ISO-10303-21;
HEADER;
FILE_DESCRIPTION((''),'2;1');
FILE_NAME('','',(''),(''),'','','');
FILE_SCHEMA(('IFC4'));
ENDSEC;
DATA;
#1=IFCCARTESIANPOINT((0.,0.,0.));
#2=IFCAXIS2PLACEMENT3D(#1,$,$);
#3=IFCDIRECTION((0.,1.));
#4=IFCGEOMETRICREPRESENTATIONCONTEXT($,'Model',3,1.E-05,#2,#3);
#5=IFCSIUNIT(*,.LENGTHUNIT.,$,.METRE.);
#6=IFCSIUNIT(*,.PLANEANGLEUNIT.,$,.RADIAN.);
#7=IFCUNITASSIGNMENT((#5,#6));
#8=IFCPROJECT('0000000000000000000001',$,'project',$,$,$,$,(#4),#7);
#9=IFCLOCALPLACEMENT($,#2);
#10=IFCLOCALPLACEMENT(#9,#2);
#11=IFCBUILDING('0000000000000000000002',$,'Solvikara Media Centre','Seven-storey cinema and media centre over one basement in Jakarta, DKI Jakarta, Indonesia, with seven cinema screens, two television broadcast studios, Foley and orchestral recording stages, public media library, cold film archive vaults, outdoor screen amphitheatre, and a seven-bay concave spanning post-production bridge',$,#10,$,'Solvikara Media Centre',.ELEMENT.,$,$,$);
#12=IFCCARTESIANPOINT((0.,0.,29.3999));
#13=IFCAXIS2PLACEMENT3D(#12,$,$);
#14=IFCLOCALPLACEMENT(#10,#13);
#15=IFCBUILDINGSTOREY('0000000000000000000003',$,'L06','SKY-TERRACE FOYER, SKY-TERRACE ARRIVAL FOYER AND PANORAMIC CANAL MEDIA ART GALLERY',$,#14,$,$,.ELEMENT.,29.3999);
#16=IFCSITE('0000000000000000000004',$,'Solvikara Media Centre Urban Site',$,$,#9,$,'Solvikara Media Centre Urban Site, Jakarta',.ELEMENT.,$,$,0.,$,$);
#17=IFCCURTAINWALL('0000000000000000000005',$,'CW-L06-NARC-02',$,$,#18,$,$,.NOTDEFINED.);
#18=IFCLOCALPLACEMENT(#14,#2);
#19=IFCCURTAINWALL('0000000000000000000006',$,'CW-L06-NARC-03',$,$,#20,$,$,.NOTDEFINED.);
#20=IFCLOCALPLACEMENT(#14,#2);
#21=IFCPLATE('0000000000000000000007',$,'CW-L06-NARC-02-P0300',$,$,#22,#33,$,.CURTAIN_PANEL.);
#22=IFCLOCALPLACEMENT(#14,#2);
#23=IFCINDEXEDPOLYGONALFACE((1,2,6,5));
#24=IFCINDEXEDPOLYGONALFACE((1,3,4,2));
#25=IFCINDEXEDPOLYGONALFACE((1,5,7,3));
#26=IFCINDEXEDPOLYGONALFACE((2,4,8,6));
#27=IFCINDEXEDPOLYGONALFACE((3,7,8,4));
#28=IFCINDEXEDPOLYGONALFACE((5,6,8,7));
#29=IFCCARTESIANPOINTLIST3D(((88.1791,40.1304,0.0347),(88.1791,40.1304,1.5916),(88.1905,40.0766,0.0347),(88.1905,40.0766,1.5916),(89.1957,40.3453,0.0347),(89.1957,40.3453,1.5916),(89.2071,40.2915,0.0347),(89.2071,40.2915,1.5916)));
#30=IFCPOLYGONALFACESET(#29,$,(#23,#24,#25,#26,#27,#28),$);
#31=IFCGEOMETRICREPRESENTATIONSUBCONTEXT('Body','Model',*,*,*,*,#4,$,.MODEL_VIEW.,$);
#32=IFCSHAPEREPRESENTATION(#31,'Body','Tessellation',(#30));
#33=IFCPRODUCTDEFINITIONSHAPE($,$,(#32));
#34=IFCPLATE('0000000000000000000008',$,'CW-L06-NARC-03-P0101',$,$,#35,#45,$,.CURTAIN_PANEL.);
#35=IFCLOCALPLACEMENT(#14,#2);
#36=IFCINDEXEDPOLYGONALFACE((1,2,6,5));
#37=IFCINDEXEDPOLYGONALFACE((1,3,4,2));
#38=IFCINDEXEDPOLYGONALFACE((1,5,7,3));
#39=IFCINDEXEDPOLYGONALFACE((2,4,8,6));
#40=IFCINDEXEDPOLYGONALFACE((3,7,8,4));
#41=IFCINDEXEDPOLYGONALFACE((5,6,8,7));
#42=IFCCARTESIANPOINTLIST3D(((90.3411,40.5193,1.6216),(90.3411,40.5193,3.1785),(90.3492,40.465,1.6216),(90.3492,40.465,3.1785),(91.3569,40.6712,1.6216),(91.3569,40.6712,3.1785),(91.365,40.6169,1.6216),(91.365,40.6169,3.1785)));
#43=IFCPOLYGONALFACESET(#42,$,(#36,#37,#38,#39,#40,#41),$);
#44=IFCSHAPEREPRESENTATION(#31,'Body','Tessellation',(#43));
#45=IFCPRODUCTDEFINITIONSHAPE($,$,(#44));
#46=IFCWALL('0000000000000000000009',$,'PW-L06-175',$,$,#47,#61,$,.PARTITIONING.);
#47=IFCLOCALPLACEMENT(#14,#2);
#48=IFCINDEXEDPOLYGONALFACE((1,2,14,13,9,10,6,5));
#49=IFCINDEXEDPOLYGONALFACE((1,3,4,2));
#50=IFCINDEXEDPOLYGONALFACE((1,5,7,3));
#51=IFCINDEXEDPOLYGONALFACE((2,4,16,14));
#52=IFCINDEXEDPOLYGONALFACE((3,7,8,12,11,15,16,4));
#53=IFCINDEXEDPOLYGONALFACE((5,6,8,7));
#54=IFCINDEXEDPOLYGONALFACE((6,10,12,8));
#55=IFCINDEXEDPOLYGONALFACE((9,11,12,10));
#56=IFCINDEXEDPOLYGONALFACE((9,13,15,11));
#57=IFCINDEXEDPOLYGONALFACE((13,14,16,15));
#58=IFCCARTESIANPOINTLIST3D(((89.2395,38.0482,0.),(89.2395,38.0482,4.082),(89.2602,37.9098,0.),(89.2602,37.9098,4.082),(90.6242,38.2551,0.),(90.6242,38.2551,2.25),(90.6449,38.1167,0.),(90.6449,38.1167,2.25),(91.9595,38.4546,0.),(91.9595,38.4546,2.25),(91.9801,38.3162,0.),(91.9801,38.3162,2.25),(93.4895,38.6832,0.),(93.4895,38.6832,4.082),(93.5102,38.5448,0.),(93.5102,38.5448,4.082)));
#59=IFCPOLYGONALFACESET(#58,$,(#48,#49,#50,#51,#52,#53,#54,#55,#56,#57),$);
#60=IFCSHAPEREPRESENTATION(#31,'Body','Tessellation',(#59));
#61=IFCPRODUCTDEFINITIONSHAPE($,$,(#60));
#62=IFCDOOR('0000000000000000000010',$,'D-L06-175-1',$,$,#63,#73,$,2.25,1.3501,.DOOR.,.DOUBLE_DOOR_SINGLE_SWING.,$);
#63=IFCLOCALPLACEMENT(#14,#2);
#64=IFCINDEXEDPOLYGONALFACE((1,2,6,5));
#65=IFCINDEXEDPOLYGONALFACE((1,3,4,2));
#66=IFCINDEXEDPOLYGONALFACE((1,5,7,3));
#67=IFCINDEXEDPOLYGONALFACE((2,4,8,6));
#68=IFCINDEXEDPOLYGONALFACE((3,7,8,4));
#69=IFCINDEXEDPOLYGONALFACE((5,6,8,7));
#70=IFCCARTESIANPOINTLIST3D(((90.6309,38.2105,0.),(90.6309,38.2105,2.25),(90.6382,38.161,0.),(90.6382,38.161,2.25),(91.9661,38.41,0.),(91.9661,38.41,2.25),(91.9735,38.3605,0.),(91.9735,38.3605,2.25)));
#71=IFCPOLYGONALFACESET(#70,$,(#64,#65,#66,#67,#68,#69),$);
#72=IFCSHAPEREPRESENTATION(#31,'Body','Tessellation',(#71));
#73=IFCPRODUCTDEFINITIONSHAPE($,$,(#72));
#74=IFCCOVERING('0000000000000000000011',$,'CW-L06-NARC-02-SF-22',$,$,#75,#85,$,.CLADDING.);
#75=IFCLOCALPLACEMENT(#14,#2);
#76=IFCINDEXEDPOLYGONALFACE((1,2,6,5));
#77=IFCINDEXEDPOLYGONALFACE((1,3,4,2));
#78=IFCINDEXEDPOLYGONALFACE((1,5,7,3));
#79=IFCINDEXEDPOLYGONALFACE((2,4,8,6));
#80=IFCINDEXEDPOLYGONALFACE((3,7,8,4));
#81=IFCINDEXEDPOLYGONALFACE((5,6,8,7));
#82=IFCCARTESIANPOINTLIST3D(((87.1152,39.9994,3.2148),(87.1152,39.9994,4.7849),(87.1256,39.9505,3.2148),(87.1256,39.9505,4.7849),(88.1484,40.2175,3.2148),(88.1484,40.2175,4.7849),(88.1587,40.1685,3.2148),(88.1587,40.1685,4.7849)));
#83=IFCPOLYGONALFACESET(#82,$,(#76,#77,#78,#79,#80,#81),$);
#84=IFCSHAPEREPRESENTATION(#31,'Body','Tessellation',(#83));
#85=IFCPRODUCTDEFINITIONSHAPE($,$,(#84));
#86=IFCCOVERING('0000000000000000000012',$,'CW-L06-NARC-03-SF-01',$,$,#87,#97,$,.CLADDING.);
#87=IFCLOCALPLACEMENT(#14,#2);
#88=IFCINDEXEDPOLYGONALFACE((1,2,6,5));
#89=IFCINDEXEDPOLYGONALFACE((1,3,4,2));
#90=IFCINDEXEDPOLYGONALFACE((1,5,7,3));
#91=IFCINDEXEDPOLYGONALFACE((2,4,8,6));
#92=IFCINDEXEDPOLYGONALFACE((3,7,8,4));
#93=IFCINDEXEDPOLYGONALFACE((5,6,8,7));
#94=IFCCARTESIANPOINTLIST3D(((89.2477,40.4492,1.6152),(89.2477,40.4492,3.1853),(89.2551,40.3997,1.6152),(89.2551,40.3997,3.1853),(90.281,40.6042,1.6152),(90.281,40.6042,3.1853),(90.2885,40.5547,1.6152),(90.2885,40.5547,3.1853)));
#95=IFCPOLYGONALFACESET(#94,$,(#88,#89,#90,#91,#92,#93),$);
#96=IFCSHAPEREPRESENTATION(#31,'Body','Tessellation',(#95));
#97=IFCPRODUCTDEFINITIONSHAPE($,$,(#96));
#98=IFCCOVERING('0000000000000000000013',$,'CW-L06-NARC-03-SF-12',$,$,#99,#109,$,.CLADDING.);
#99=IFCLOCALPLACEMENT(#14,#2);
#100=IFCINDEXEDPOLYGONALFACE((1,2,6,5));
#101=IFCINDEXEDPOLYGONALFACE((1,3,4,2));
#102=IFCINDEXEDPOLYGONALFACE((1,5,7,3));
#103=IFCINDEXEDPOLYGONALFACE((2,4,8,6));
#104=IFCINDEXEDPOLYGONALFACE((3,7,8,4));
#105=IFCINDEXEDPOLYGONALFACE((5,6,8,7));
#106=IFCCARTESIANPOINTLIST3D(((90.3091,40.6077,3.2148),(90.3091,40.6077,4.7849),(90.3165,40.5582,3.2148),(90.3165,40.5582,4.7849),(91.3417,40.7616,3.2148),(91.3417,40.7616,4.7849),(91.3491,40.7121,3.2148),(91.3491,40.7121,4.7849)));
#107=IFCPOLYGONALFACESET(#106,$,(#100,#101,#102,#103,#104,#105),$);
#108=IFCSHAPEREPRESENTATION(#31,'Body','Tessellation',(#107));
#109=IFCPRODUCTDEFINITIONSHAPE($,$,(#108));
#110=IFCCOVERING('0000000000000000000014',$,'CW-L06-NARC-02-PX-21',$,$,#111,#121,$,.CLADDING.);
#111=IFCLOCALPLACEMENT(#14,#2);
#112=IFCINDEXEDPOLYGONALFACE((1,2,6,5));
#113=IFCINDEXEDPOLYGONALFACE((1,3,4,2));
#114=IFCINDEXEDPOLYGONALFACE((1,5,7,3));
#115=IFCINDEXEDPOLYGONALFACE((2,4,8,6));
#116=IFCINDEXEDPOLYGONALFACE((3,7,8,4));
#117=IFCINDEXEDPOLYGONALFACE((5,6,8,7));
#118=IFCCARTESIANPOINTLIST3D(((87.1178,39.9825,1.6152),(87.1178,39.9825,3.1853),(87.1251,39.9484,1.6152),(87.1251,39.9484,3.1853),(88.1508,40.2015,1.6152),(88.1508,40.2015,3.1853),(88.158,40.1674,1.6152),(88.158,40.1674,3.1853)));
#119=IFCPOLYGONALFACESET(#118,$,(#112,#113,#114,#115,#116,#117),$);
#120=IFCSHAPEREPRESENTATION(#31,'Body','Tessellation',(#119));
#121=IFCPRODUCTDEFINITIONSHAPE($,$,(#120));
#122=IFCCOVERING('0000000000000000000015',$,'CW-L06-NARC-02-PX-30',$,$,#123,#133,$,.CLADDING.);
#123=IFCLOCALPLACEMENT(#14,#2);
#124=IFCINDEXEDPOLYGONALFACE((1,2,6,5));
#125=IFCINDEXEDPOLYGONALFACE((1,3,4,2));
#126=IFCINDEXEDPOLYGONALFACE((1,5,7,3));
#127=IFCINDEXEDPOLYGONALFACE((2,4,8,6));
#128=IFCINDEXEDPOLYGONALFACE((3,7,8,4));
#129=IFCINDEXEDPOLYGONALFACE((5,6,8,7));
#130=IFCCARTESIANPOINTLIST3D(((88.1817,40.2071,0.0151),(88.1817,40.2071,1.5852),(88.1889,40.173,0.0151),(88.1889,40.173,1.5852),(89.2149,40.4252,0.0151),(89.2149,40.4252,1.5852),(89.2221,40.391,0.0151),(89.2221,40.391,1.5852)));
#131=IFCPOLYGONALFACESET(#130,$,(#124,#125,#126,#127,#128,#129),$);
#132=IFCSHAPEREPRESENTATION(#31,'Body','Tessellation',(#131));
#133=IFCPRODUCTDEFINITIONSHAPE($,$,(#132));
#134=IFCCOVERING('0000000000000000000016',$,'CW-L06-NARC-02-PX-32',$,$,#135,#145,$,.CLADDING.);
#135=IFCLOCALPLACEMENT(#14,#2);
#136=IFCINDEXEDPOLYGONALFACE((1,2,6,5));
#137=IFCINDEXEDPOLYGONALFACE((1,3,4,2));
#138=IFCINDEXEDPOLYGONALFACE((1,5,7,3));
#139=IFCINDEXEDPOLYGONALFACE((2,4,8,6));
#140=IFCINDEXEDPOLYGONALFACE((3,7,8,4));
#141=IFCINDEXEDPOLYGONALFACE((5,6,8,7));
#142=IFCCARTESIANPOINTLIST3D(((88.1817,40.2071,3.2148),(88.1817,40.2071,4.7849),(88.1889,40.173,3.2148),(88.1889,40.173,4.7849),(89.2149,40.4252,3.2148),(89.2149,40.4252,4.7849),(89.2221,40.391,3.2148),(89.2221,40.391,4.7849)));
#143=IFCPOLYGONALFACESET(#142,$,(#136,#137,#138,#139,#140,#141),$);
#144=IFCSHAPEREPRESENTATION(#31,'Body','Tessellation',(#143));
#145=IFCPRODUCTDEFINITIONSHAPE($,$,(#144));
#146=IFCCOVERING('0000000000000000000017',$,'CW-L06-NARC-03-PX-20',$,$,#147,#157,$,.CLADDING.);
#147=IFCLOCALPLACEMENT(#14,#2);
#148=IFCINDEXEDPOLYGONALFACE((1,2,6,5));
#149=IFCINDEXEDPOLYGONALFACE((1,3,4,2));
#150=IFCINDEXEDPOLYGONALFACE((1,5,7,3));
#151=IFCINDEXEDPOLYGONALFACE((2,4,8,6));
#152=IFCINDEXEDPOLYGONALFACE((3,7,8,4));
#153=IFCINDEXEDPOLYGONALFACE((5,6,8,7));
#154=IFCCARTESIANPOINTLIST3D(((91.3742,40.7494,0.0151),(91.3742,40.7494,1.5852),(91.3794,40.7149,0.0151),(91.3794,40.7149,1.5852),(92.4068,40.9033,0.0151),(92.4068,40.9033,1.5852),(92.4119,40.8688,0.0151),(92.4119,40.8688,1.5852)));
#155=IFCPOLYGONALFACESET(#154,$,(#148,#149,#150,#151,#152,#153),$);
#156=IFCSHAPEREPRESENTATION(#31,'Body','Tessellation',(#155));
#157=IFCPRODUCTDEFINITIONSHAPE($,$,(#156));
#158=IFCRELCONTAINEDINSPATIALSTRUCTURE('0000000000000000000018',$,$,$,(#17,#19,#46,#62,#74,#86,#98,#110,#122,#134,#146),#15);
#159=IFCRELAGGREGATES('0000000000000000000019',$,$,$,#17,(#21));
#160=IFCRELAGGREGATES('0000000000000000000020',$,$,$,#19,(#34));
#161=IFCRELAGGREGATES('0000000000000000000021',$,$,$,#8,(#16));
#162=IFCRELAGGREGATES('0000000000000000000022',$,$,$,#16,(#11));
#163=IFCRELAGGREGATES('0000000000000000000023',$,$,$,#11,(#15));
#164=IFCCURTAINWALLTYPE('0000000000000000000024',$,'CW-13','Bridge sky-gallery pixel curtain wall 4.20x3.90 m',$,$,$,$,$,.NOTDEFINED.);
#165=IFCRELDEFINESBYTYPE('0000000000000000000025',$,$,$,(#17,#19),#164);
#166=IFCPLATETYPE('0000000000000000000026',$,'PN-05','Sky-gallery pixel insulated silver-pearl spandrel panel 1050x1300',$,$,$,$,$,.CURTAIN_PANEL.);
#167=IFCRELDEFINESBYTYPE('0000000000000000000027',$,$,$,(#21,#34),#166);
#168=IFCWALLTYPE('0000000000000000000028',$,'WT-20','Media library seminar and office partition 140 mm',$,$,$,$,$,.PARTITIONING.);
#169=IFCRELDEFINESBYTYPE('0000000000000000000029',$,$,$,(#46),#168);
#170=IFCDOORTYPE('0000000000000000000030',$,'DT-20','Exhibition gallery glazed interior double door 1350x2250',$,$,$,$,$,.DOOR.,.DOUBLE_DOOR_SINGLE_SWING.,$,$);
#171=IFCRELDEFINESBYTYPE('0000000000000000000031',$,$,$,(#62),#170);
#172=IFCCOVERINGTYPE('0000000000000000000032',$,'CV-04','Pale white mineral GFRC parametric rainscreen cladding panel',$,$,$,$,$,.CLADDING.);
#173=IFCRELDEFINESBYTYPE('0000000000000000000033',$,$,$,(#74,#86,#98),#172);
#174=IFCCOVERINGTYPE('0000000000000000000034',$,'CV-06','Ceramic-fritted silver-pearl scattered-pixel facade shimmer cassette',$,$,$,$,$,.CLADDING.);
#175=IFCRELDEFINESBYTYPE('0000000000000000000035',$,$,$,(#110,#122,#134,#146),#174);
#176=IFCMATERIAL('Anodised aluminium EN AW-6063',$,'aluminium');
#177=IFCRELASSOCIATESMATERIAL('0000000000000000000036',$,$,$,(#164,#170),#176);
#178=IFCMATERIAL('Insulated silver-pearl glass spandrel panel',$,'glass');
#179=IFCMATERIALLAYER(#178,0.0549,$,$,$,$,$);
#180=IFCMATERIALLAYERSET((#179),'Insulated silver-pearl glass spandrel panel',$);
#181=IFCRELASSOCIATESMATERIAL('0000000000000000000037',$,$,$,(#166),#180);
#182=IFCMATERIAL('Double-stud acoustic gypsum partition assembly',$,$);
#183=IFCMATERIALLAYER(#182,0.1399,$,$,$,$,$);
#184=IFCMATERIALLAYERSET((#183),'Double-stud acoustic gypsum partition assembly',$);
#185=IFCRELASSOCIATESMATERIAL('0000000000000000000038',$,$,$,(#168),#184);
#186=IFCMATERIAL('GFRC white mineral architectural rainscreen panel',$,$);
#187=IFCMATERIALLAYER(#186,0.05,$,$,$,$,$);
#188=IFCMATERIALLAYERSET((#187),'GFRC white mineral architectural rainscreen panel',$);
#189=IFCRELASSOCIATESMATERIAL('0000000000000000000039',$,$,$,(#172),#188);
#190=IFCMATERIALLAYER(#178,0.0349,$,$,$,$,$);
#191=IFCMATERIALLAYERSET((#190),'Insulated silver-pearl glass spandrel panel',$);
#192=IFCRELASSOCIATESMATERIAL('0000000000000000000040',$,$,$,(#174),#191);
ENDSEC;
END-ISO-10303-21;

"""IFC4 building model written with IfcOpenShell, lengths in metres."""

from ifc_helpers import new_model, si_unit, direction, frame, frame_2d, origin, origin_2d, place, context, subcontext, project, spatial, rectangle, extrude, material, layer, layer_set, type_object, element, fill, aggregate, save


model = new_model("IFC4")

# Units and contexts
model_context = context("Model", 3, precision=1e-05, world=origin(), true_north=direction((0.0, 1.0)))
body_context = subcontext(model_context, "Body", "Model", "MODEL_VIEW")
ifc_project = project(units=[si_unit("LENGTHUNIT", "METRE"), si_unit("PLANEANGLEUNIT", "RADIAN")], contexts=[model_context])

# Site, building, storey
site_placement = place(None, origin())
site = spatial("IfcSite", under=ifc_project, at=site_placement, Name="Solvikara Media Centre Urban Site", LongName="Solvikara Media Centre Urban Site, Jakarta", CompositionType="ELEMENT", RefElevation=0.0)
building_placement = place(site_placement, origin())
building = spatial("IfcBuilding", under=site, at=building_placement, Name="Solvikara Media Centre", Description="Seven-storey cinema and media centre over one basement in Jakarta, DKI Jakarta, Indonesia, with seven cinema screens, two television broadcast studios, Foley and orchestral recording stages, public media library, cold film archive vaults, outdoor screen amphitheatre, and a seven-bay concave spanning post-production bridge", LongName="Solvikara Media Centre", CompositionType="ELEMENT")
storey_placement = place(building_placement, frame((0.0, 0.0, 29.3999)))
storey = spatial("IfcBuildingStorey", under=building, at=storey_placement, Name="L06", Description="SKY-TERRACE FOYER, SKY-TERRACE ARRIVAL FOYER AND PANORAMIC CANAL MEDIA ART GALLERY", CompositionType="ELEMENT", Elevation=29.3999)

# Curtain walls
ifc_material_1 = material(Name="Anodised aluminium EN AW-6063", Category="aluminium")
curtain_wall_type = type_object("IfcCurtainWallType", Name="CW-13", Description="Bridge sky-gallery pixel curtain wall 4.20x3.90 m", PredefinedType="NOTDEFINED", material=ifc_material_1)
curtain_wall_1_placement = place(storey_placement, origin())
curtain_wall_1 = element("IfcCurtainWall", 1, at=curtain_wall_1_placement, inside=storey, type_object=curtain_wall_type, Name="CW-L06-NARC-02", PredefinedType="NOTDEFINED")
curtain_wall_2_placement = place(storey_placement, origin())
curtain_wall_2 = element("IfcCurtainWall", 2, at=curtain_wall_2_placement, inside=storey, type_object=curtain_wall_type, Name="CW-L06-NARC-03", PredefinedType="NOTDEFINED")

# Plates
ifc_material_2 = material(Name="Insulated silver-pearl glass spandrel panel", Category="glass")
ifc_layer_1 = layer(ifc_material_2, 0.0549)
ifc_layer_set_1 = layer_set([ifc_layer_1], Name="Insulated silver-pearl glass spandrel panel")
plate_type_1 = type_object("IfcPlateType", Name="PN-05", Description="Sky-gallery pixel insulated silver-pearl spandrel panel 1050x1300", PredefinedType="CURTAIN_PANEL", material=ifc_layer_set_1)
plate_1_placement = place(storey_placement, frame((88.6931, 40.2109, 0.0347), z_axis=(0.0, 0.0, 1.0), x_axis=(0.978379, 0.206819, 0.0)))
plate_1 = element("IfcPlate", 3, at=plate_1_placement, type_object=plate_type_1, Name="CW-L06-NARC-02-P0300", PredefinedType="CURTAIN_PANEL", context=body_context, shape_type="SweptSolid", body=[
    extrude(rectangle(XDim=1.0391, YDim=0.0549, at=origin_2d()), origin(), (0.0, 0.0, 1.0), 1.5569),
])
aggregate(curtain_wall_1, [plate_1])
plate_2_placement = place(storey_placement, frame((90.853, 40.5681, 1.6216), z_axis=(0.0, 0.0, 1.0), x_axis=(0.989006, 0.147878, 0.0)))
plate_2 = element("IfcPlate", 4, at=plate_2_placement, type_object=plate_type_1, Name="CW-L06-NARC-03-P0101", PredefinedType="CURTAIN_PANEL", context=body_context, shape_type="SweptSolid", body=[
    extrude(rectangle(XDim=1.0271, YDim=0.0549, at=origin_2d()), origin(), (0.0, 0.0, 1.0), 1.5569),
])
aggregate(curtain_wall_2, [plate_2])

# Wall, opening, door
ifc_material_3 = material(Name="Double-stud acoustic gypsum partition assembly")
ifc_layer_2 = layer(ifc_material_3, 0.1399)
ifc_layer_set_2 = layer_set([ifc_layer_2], Name="Double-stud acoustic gypsum partition assembly")
wall_type = type_object("IfcWallType", Name="WT-20", Description="Media library seminar and office partition 140 mm", PredefinedType="PARTITIONING", material=ifc_layer_set_2)
wall_placement = place(storey_placement, frame((89.25, 37.979, 0.0), z_axis=(0.0, 0.0, 1.0), x_axis=(0.989021, 0.147774, 0.0)))
wall = element("IfcWall", 5, at=wall_placement, inside=storey, type_object=wall_type, Name="PW-L06-175", PredefinedType="PARTITIONING", context=body_context, shape_type="SweptSolid", body=[
    extrude(rectangle(XDim=4.2971, YDim=0.1399, at=frame_2d((2.1484, 0.0))), origin(), (0.0, 0.0, 1.0), 4.082),
])
opening_placement = place(wall_placement, frame((1.3999, 0.0, 0.0)))
opening = element("IfcOpeningElement", 6, at=opening_placement, cuts=wall, PredefinedType="OPENING", context=body_context, shape_type="SweptSolid", body=[
    extrude(rectangle(XDim=1.3501, YDim=2.25, at=frame_2d((0.675, 1.125))), frame((0.0, 0.082, 0.0), z_axis=(0.0, -1.0, 0.0), x_axis=(1.0, 0.0, 0.0)), (0.0, 0.0, 1.0), 0.1638),
])
door_type = type_object("IfcDoorType", Name="DT-20", Description="Exhibition gallery glazed interior double door 1350x2250", OperationType="DOUBLE_DOOR_SINGLE_SWING", PredefinedType="DOOR", material=ifc_material_1)
door_placement = place(opening_placement, origin())
door = element("IfcDoor", 7, at=door_placement, inside=storey, type_object=door_type, Name="D-L06-175-1", OperationType="DOUBLE_DOOR_SINGLE_SWING", OverallHeight=2.25, OverallWidth=1.3501, PredefinedType="DOOR", context=body_context, shape_type="SweptSolid", body=[
    extrude(rectangle(XDim=1.3501, YDim=2.25, at=frame_2d((0.675, 1.125))), frame((0.0, 0.0249, 0.0), z_axis=(0.0, -1.0, 0.0), x_axis=(1.0, 0.0, 0.0)), (0.0, 0.0, 1.0), 0.05),
])
fill(opening, door)

# Coverings
ifc_material_4 = material(Name="GFRC white mineral architectural rainscreen panel")
ifc_layer_3 = layer(ifc_material_4, 0.05)
ifc_layer_set_3 = layer_set([ifc_layer_3], Name="GFRC white mineral architectural rainscreen panel")
covering_type_1 = type_object("IfcCoveringType", Name="CV-04", Description="Pale white mineral GFRC parametric rainscreen cladding panel", PredefinedType="CLADDING", material=ifc_layer_set_3)
covering_1_placement = place(storey_placement, frame((87.637, 40.084, 3.2148), z_axis=(0.0, 0.0, 1.0), x_axis=(0.978448, 0.206495, 0.0)))
element("IfcCovering", 8, at=covering_1_placement, inside=storey, type_object=covering_type_1, Name="CW-L06-NARC-02-SF-22", PredefinedType="CLADDING", context=body_context, shape_type="SweptSolid", body=[
    extrude(rectangle(XDim=1.0559, YDim=0.05, at=origin_2d()), origin(), (0.0, 0.0, 1.0), 1.5701),
])
covering_2_placement = place(storey_placement, frame((89.7681, 40.502, 1.6152), z_axis=(0.0, 0.0, 1.0), x_axis=(0.988931, 0.148379, 0.0)))
element("IfcCovering", 9, at=covering_2_placement, inside=storey, type_object=covering_type_1, Name="CW-L06-NARC-03-SF-01", PredefinedType="CLADDING", context=body_context, shape_type="SweptSolid", body=[
    extrude(rectangle(XDim=1.0449, YDim=0.05, at=origin_2d()), origin(), (0.0, 0.0, 1.0), 1.5701),
])
covering_3_placement = place(storey_placement, frame((90.8291, 40.6599, 3.2148), z_axis=(0.0, 0.0, 1.0), x_axis=(0.98907, 0.147447, 0.0)))
element("IfcCovering", 10, at=covering_3_placement, inside=storey, type_object=covering_type_1, Name="CW-L06-NARC-03-SF-12", PredefinedType="CLADDING", context=body_context, shape_type="SweptSolid", body=[
    extrude(rectangle(XDim=1.0439, YDim=0.05, at=origin_2d()), origin(), (0.0, 0.0, 1.0), 1.5701),
])
ifc_layer_4 = layer(ifc_material_2, 0.0349)
ifc_layer_set_4 = layer_set([ifc_layer_4], Name="Insulated silver-pearl glass spandrel panel")
covering_type_2 = type_object("IfcCoveringType", Name="CV-06", Description="Ceramic-fritted silver-pearl scattered-pixel facade shimmer cassette", PredefinedType="CLADDING", material=ifc_layer_set_4)
for number, where, z_axis, x_axis, name in (
    (11, (87.6379, 40.075, 1.6152), (0.0, 0.0, 1.0), (0.978256, 0.2074, 0.0), "CW-L06-NARC-02-PX-21"),
    (12, (88.7019, 40.2991, 0.0151), (0.0, 0.0, 1.0), (0.978448, 0.206495, 0.0), "CW-L06-NARC-02-PX-30"),
    (13, (88.7019, 40.2991, 3.2148), (0.0, 0.0, 1.0), (0.978448, 0.206495, 0.0), "CW-L06-NARC-02-PX-32"),
):
    element("IfcCovering", number, at=place(storey_placement, frame(where, z_axis=z_axis, x_axis=x_axis)), inside=storey, type_object=covering_type_2, Name=name, PredefinedType="CLADDING", context=body_context, shape_type="SweptSolid", body=[
        extrude(rectangle(XDim=1.0559, YDim=0.0349, at=origin_2d()), origin(), (0.0, 0.0, 1.0), 1.5701),
    ])
covering_4_placement = place(storey_placement, frame((91.8931, 40.8091, 0.0151), z_axis=(0.0, 0.0, 1.0), x_axis=(0.98907, 0.147447, 0.0)))
element("IfcCovering", 14, at=covering_4_placement, inside=storey, type_object=covering_type_2, Name="CW-L06-NARC-03-PX-20", PredefinedType="CLADDING", context=body_context, shape_type="SweptSolid", body=[
    extrude(rectangle(XDim=1.0439, YDim=0.0349, at=origin_2d()), origin(), (0.0, 0.0, 1.0), 1.5701),
])

save(model, "model.ifc")
